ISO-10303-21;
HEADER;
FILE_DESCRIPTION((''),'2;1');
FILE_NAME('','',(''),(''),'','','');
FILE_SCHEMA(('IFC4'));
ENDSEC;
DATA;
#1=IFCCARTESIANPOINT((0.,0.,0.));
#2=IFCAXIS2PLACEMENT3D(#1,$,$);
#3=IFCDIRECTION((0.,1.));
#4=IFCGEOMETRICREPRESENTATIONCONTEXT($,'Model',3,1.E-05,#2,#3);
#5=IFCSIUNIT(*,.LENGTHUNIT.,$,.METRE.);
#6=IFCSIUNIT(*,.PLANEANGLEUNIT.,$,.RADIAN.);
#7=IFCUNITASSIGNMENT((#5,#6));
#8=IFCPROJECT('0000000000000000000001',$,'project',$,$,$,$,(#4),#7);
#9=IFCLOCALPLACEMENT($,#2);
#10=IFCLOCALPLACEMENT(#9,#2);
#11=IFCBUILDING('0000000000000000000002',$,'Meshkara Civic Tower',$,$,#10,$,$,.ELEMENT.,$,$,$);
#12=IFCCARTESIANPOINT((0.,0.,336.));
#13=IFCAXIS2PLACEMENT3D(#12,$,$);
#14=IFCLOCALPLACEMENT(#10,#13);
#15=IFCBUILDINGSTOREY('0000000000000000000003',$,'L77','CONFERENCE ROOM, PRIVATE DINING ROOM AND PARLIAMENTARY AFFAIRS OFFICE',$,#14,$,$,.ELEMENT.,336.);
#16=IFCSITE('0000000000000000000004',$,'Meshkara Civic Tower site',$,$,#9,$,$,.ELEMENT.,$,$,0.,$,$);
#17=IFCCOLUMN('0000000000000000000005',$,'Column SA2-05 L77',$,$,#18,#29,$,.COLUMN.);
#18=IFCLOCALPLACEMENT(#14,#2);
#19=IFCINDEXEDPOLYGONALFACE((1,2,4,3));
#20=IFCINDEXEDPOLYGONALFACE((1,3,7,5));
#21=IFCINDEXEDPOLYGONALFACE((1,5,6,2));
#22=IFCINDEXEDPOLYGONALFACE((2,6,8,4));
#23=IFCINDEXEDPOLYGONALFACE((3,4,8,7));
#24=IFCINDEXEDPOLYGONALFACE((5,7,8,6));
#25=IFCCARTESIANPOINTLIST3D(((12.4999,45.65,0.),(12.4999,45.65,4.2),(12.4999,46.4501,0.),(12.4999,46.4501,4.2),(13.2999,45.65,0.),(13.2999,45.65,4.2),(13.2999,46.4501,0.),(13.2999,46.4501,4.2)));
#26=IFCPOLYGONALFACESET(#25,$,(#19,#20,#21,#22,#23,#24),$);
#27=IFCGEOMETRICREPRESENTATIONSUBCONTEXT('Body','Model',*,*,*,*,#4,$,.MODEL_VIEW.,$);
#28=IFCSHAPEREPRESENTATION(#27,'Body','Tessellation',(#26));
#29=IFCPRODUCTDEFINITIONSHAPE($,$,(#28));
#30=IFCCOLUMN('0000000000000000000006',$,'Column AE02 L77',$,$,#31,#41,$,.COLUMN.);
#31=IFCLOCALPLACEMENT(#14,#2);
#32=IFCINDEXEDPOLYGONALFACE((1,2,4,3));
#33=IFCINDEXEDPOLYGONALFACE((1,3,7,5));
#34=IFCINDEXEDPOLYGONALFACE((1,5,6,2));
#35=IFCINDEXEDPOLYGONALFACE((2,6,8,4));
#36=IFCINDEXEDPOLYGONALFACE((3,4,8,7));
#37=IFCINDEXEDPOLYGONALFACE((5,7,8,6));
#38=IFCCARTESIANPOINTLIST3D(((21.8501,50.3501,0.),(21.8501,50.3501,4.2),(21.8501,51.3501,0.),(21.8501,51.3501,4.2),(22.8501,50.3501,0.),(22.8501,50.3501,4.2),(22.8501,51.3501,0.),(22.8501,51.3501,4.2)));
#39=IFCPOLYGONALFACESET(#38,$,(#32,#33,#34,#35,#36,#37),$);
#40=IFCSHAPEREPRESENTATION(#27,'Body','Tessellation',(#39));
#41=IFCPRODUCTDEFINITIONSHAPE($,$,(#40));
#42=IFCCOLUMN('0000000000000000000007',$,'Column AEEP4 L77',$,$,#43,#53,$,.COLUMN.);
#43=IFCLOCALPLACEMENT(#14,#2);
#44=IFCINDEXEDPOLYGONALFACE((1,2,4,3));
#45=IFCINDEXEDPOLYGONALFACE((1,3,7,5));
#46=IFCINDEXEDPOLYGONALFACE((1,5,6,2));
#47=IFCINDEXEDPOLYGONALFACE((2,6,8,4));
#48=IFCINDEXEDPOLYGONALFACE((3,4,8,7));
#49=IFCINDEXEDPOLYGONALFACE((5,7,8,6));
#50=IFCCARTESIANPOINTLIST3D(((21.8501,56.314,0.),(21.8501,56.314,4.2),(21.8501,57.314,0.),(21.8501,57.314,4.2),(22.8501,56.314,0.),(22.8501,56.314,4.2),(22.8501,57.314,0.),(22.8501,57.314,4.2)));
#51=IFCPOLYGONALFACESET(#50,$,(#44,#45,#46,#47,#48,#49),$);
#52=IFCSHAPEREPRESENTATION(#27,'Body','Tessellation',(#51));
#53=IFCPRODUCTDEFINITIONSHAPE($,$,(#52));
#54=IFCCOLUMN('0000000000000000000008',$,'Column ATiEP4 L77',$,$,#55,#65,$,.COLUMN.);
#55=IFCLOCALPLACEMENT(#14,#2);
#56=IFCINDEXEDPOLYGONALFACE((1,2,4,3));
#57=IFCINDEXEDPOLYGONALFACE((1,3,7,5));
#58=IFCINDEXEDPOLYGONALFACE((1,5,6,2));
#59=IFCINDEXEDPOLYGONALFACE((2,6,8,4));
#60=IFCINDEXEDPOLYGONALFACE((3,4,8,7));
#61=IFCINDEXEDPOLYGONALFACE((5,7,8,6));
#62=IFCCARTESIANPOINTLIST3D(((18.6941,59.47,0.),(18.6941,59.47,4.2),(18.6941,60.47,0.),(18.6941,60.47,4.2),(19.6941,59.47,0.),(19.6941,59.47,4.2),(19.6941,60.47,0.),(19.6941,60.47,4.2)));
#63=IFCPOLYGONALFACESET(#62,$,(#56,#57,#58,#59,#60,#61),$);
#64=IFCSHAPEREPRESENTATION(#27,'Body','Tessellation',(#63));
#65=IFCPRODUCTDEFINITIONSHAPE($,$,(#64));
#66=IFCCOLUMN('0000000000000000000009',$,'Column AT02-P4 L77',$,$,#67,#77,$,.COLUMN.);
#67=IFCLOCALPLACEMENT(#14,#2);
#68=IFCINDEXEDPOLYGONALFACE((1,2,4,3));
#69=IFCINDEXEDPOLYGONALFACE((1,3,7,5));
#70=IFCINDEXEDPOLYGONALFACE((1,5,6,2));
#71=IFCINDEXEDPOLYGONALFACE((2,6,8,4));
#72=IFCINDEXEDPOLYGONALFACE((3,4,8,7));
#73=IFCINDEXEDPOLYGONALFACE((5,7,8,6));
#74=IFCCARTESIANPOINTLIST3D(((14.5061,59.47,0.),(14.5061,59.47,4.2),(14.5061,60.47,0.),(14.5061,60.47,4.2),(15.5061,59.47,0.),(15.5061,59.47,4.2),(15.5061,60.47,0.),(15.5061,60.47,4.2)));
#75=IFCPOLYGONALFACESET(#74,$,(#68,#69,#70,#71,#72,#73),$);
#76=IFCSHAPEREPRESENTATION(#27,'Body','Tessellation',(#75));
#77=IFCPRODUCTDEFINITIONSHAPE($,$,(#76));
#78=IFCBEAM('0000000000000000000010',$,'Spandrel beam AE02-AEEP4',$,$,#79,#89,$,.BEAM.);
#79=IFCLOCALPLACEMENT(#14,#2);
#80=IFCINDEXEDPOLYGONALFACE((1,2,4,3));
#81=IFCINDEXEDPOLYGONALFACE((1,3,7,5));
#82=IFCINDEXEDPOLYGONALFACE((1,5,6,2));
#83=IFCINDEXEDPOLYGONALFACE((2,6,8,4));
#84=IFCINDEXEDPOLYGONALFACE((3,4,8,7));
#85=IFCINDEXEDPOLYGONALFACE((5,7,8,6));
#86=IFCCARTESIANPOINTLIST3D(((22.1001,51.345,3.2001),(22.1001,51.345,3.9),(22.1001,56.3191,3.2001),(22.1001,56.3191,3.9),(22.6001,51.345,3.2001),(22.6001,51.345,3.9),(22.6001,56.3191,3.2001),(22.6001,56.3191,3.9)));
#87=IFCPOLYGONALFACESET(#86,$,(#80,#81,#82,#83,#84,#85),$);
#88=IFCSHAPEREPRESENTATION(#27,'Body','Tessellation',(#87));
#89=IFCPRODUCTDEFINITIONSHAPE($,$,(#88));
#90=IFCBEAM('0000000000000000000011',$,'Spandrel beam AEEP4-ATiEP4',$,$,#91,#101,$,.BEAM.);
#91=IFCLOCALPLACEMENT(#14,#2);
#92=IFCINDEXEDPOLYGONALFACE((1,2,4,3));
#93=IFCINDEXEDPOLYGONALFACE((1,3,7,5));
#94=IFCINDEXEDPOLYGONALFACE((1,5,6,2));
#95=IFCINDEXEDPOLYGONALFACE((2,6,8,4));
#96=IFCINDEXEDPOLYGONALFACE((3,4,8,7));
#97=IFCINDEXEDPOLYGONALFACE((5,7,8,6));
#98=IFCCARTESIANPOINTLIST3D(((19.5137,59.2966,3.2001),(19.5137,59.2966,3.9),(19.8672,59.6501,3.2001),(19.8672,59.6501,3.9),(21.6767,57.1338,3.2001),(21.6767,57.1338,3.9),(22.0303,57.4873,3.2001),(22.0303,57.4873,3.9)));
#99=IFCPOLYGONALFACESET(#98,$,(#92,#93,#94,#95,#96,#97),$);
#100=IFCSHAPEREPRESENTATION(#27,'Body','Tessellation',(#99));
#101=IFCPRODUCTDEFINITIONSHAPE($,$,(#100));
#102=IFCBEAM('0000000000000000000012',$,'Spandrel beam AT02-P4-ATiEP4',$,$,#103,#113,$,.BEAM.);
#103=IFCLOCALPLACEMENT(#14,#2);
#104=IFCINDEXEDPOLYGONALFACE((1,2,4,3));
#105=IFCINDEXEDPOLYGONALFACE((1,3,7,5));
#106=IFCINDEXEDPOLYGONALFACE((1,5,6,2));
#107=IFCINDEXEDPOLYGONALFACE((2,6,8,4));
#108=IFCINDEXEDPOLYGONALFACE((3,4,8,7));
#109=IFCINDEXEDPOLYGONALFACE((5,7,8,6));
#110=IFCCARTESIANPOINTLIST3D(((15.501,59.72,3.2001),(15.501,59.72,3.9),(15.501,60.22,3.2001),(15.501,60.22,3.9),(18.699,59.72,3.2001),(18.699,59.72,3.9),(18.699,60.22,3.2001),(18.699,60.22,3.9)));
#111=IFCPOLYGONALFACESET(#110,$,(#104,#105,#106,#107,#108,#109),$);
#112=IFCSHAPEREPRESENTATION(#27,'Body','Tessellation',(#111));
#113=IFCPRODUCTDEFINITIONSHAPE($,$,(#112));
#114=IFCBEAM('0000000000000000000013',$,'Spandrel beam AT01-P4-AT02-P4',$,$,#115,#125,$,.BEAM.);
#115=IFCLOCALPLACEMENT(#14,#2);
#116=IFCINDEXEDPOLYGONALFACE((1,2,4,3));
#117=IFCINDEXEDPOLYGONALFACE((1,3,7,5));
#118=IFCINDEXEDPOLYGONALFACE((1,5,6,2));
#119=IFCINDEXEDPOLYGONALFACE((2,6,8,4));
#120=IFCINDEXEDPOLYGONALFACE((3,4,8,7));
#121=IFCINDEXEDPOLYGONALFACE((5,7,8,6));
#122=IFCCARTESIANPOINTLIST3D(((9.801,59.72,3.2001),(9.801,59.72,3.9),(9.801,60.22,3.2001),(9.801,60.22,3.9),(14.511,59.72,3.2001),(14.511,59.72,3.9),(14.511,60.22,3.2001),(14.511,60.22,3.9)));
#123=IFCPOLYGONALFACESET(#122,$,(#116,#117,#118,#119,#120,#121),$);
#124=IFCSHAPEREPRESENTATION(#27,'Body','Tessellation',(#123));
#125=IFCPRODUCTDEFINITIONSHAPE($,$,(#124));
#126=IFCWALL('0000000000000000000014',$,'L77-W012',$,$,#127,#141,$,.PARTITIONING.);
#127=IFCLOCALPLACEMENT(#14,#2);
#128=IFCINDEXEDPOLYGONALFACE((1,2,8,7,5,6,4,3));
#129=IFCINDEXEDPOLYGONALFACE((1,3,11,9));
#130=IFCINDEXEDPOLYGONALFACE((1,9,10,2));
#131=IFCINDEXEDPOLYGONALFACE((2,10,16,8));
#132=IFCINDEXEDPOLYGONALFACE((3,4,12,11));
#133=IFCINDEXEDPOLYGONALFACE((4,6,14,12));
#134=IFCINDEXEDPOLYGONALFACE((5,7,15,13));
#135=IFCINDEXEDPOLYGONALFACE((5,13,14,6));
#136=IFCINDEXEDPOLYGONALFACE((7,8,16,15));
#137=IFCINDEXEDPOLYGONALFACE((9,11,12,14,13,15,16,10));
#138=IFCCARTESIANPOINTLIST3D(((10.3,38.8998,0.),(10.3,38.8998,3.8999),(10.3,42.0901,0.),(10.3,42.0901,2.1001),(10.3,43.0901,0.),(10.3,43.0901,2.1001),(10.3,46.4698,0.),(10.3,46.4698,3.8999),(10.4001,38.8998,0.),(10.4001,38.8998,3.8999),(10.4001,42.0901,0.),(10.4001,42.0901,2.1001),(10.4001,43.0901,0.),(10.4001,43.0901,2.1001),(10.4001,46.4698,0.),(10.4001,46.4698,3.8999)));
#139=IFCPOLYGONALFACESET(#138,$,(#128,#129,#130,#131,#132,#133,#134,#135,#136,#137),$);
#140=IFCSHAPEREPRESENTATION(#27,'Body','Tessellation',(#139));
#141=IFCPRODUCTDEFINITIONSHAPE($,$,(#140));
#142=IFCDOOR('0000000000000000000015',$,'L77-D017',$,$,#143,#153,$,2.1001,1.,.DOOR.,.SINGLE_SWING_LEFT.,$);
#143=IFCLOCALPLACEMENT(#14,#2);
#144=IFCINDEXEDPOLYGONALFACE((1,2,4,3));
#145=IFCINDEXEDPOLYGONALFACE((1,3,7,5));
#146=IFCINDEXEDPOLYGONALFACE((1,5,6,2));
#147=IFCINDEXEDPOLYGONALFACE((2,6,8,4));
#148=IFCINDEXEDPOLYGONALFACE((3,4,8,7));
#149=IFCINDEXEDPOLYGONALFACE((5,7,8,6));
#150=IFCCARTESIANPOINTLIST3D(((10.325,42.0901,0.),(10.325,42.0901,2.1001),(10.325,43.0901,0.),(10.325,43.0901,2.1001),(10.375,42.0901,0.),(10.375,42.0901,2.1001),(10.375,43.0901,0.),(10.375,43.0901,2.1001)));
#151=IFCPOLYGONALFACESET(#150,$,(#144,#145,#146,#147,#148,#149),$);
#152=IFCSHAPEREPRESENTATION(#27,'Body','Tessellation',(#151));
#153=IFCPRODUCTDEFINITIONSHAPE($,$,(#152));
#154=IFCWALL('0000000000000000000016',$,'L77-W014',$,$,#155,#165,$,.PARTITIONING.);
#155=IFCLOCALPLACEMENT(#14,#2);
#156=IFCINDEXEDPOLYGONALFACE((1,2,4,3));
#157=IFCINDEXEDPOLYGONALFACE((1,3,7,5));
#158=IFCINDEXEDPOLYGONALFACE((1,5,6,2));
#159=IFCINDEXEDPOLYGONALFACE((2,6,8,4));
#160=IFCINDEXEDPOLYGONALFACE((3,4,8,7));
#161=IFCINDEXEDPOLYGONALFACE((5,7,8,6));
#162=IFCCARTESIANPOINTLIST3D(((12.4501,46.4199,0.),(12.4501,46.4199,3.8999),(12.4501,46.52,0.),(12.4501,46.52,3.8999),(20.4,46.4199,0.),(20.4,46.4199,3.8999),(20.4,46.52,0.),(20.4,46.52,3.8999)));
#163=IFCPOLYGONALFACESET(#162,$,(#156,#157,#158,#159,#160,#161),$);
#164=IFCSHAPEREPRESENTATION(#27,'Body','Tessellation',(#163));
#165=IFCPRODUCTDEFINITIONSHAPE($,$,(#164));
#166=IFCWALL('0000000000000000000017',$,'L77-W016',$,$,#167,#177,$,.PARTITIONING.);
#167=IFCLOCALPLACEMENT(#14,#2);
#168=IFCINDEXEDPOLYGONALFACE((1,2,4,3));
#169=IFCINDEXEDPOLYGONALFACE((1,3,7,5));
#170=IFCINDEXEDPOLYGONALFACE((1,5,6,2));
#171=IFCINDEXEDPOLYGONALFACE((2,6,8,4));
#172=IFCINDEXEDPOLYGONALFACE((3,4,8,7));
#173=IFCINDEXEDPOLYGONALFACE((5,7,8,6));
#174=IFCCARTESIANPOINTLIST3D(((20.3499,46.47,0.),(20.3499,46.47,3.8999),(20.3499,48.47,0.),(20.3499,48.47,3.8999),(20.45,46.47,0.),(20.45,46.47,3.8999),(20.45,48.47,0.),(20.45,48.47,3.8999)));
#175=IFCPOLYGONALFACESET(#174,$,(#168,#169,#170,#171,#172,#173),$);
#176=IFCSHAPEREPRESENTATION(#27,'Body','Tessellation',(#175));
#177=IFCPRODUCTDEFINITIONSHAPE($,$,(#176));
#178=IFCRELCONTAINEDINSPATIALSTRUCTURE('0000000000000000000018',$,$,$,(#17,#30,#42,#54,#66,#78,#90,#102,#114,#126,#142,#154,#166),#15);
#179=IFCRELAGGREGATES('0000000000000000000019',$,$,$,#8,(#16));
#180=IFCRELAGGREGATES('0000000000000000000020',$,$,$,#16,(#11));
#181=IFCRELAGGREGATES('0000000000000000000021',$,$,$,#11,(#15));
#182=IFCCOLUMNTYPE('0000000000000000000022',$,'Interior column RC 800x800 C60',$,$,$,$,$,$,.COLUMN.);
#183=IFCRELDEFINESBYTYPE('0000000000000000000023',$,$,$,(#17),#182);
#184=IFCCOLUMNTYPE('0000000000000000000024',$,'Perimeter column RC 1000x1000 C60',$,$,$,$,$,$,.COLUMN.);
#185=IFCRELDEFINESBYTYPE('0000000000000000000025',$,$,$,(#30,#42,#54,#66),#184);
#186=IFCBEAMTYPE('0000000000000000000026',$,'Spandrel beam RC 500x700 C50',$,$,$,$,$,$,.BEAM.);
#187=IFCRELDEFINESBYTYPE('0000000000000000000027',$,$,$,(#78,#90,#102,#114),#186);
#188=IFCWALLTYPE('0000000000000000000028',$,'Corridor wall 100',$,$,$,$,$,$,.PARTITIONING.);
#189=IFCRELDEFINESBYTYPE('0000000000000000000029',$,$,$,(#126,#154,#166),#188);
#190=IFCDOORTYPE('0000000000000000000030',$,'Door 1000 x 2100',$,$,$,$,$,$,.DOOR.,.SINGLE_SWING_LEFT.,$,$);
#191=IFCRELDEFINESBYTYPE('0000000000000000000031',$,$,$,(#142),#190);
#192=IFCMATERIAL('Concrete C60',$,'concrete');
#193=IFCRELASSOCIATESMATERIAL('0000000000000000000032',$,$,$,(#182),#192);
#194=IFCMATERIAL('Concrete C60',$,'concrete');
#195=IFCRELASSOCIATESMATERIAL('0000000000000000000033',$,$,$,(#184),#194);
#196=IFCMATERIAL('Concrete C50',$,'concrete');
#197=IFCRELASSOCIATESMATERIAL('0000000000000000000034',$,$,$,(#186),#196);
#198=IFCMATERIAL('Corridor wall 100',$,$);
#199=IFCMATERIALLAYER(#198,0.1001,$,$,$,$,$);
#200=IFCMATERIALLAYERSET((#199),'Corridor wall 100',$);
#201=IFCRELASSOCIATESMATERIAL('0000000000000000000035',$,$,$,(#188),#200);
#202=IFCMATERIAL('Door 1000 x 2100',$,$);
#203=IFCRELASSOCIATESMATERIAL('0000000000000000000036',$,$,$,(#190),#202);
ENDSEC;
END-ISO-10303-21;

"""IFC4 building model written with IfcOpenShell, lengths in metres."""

from ifc_helpers import new_model, si_unit, direction, frame, frame_2d, origin, origin_2d, place, context, subcontext, project, spatial, rectangle, extrude, material, layer, layer_set, material_profile, profile_set, type_object, element, fill, save


model = new_model("IFC4")

# Units and contexts
model_context = context("Model", 3, precision=1e-05, world=origin(), true_north=direction((0.0, 1.0)))
body_context = subcontext(model_context, "Body", "Model", "MODEL_VIEW")
ifc_project = project(units=[si_unit("LENGTHUNIT", "METRE"), si_unit("PLANEANGLEUNIT", "RADIAN")], contexts=[model_context])

# Site, building, storey
site_placement = place(None, origin())
site = spatial("IfcSite", under=ifc_project, at=site_placement, Name="Meshkara Civic Tower site", CompositionType="ELEMENT", RefElevation=0.0)
building_placement = place(site_placement, origin())
building = spatial("IfcBuilding", under=site, at=building_placement, Name="Meshkara Civic Tower", CompositionType="ELEMENT")
storey_placement = place(building_placement, frame((0.0, 0.0, 336.0)))
storey = spatial("IfcBuildingStorey", under=building, at=storey_placement, Name="L77", Description="CONFERENCE ROOM, PRIVATE DINING ROOM AND PARLIAMENTARY AFFAIRS OFFICE", CompositionType="ELEMENT", Elevation=336.0)

# Columns
ifc_material_1 = material(Name="Concrete C60", Category="concrete")
ifc_material_profile_1 = material_profile(ifc_material_1, rectangle(XDim=0.8, YDim=0.8, at=origin_2d()))
ifc_profile_set_1 = profile_set([ifc_material_profile_1], Name="Concrete C60")
column_type_1 = type_object("IfcColumnType", Name="Interior column RC 800x800 C60", PredefinedType="COLUMN", material=ifc_profile_set_1)
column_placement = place(storey_placement, frame((12.8999, 46.05, 0.0), z_axis=(0.0, 0.0, 1.0), x_axis=(1.0, 0.0, 0.0)))
element("IfcColumn", 1, at=column_placement, inside=storey, type_object=column_type_1, Name="Column SA2-05 L77", PredefinedType="COLUMN", context=body_context, shape_type="SweptSolid", body=[
    extrude(rectangle(XDim=0.8, YDim=0.8, at=origin_2d()), origin(), (0.0, 0.0, 1.0), 4.2),
])
ifc_material_2 = material(Name="Concrete C60", Category="concrete")
ifc_material_profile_2 = material_profile(ifc_material_2, rectangle(XDim=1.0, YDim=1.0, at=origin_2d()))
ifc_profile_set_2 = profile_set([ifc_material_profile_2], Name="Concrete C60")
column_type_2 = type_object("IfcColumnType", Name="Perimeter column RC 1000x1000 C60", PredefinedType="COLUMN", material=ifc_profile_set_2)
for number, where, z_axis, x_axis, name in (
    (2, (22.3501, 50.8501, 0.0), (0.0, 0.0, 1.0), (1.0, 0.0, 0.0), "Column AE02 L77"),
    (3, (22.3501, 56.814, 0.0), (0.0, 0.0, 1.0), (1.0, 0.0, 0.0), "Column AEEP4 L77"),
    (4, (19.1941, 59.97, 0.0), (0.0, 0.0, 1.0), (1.0, 0.0, 0.0), "Column ATiEP4 L77"),
    (5, (15.0061, 59.97, 0.0), (0.0, 0.0, 1.0), (1.0, 0.0, 0.0), "Column AT02-P4 L77"),
):
    element("IfcColumn", number, at=place(storey_placement, frame(where, z_axis=z_axis, x_axis=x_axis)), inside=storey, type_object=column_type_2, Name=name, PredefinedType="COLUMN", context=body_context, shape_type="SweptSolid", body=[
        extrude(rectangle(XDim=1.0, YDim=1.0, at=origin_2d()), origin(), (0.0, 0.0, 1.0), 4.2),
    ])

# Beams
ifc_material_3 = material(Name="Concrete C50", Category="concrete")
ifc_material_profile_3 = material_profile(ifc_material_3, rectangle(XDim=0.5, YDim=0.7, at=origin_2d()))
ifc_profile_set_3 = profile_set([ifc_material_profile_3], Name="Concrete C50")
beam_type = type_object("IfcBeamType", Name="Spandrel beam RC 500x700 C50", PredefinedType="BEAM", material=ifc_profile_set_3)
beam_1_placement = place(storey_placement, frame((22.3501, 51.345, 3.55), z_axis=(0.0, 1.0, 0.0), x_axis=(-1.0, 0.0, 0.0)))
element("IfcBeam", 6, at=beam_1_placement, inside=storey, type_object=beam_type, Name="Spandrel beam AE02-AEEP4", PredefinedType="BEAM", context=body_context, shape_type="SweptSolid", body=[
    extrude(rectangle(XDim=0.5, YDim=0.7, at=origin_2d()), origin(), (0.0, 0.0, 1.0), 4.9741),
])
beam_2_placement = place(storey_placement, frame((21.8535, 57.3105, 3.55), z_axis=(-0.707147, 0.707067, 0.0), x_axis=(-0.707067, -0.707147, 0.0)))
element("IfcBeam", 7, at=beam_2_placement, inside=storey, type_object=beam_type, Name="Spandrel beam AEEP4-ATiEP4", PredefinedType="BEAM", context=body_context, shape_type="SweptSolid", body=[
    extrude(rectangle(XDim=0.5, YDim=0.7, at=origin_2d()), origin(), (0.0, 0.0, 1.0), 3.0588),
])
beam_3_placement = place(storey_placement, frame((18.699, 59.97, 3.55), z_axis=(-1.0, 0.0, 0.0), x_axis=(0.0, -1.0, 0.0)))
element("IfcBeam", 8, at=beam_3_placement, inside=storey, type_object=beam_type, Name="Spandrel beam AT02-P4-ATiEP4", PredefinedType="BEAM", context=body_context, shape_type="SweptSolid", body=[
    extrude(rectangle(XDim=0.5, YDim=0.7, at=origin_2d()), origin(), (0.0, 0.0, 1.0), 3.198),
])
beam_4_placement = place(storey_placement, frame((14.511, 59.97, 3.55), z_axis=(-1.0, 0.0, 0.0), x_axis=(0.0, -1.0, 0.0)))
element("IfcBeam", 9, at=beam_4_placement, inside=storey, type_object=beam_type, Name="Spandrel beam AT01-P4-AT02-P4", PredefinedType="BEAM", context=body_context, shape_type="SweptSolid", body=[
    extrude(rectangle(XDim=0.5, YDim=0.7, at=origin_2d()), origin(), (0.0, 0.0, 1.0), 4.71),
])

# Wall, opening, door
ifc_material_4 = material(Name="Corridor wall 100")
ifc_layer_1 = layer(ifc_material_4, 0.1001)
ifc_layer_set_1 = layer_set([ifc_layer_1], Name="Corridor wall 100")
wall_type_1 = type_object("IfcWallType", Name="Corridor wall 100", PredefinedType="PARTITIONING", material=ifc_layer_set_1)
wall_1_placement = place(storey_placement, frame((10.3501, 46.47, 0.0), z_axis=(0.0, 0.0, 1.0), x_axis=(0.0, -1.0, 0.0)))
wall_1 = element("IfcWall", 10, at=wall_1_placement, inside=storey, type_object=wall_type_1, Name="L77-W012", PredefinedType="PARTITIONING", context=body_context, shape_type="SweptSolid", body=[
    extrude(rectangle(XDim=7.5701, YDim=0.1001, at=frame_2d((3.7852, 0.0))), origin(), (0.0, 0.0, 1.0), 3.8999),
])
opening_1_placement = place(wall_1_placement, frame((3.3799, 0.0, 0.0)))
opening_1 = element("IfcOpeningElement", 11, at=opening_1_placement, cuts=wall_1, PredefinedType="OPENING", context=body_context, shape_type="SweptSolid", body=[
    extrude(rectangle(XDim=1.0, YDim=2.1001, at=frame_2d((0.5, 1.05))), frame((0.0, 0.0601, 0.0), z_axis=(0.0, -1.0, 0.0), x_axis=(1.0, 0.0, 0.0)), (0.0, 0.0, 1.0), 0.1201),
])
ifc_material_5 = material(Name="Door 1000 x 2100")
door_type_1 = type_object("IfcDoorType", Name="Door 1000 x 2100", OperationType="SINGLE_SWING_LEFT", PredefinedType="DOOR", material=ifc_material_5)
door_1_placement = place(opening_1_placement, origin())
door_1 = element("IfcDoor", 12, at=door_1_placement, inside=storey, type_object=door_type_1, Name="L77-D017", OperationType="SINGLE_SWING_LEFT", OverallHeight=2.1001, OverallWidth=1.0, PredefinedType="DOOR", context=body_context, shape_type="SweptSolid", body=[
    extrude(rectangle(XDim=1.0, YDim=2.1001, at=frame_2d((0.5, 1.05))), frame((0.0, 0.0249, 0.0), z_axis=(0.0, -1.0, 0.0), x_axis=(1.0, 0.0, 0.0)), (0.0, 0.0, 1.0), 0.05),
])
fill(opening_1, door_1)

# Walls
wall_2_placement = place(storey_placement, frame((12.45, 46.47, 0.0), z_axis=(0.0, 0.0, 1.0), x_axis=(1.0, 0.0, 0.0)))
element("IfcWall", 13, at=wall_2_placement, inside=storey, type_object=wall_type_1, Name="L77-W014", PredefinedType="PARTITIONING", context=body_context, shape_type="SweptSolid", body=[
    extrude(rectangle(XDim=7.95, YDim=0.1001, at=frame_2d((3.9751, 0.0))), origin(), (0.0, 0.0, 1.0), 3.8999),
])
wall_3_placement = place(storey_placement, frame((20.3999, 46.47, 0.0), z_axis=(0.0, 0.0, 1.0), x_axis=(0.0, 1.0, 0.0)))
element("IfcWall", 14, at=wall_3_placement, inside=storey, type_object=wall_type_1, Name="L77-W016", PredefinedType="PARTITIONING", context=body_context, shape_type="SweptSolid", body=[
    extrude(rectangle(XDim=2.0, YDim=0.1001, at=frame_2d((1.0, 0.0))), origin(), (0.0, 0.0, 1.0), 3.8999),
])

save(model, "model.ifc")
